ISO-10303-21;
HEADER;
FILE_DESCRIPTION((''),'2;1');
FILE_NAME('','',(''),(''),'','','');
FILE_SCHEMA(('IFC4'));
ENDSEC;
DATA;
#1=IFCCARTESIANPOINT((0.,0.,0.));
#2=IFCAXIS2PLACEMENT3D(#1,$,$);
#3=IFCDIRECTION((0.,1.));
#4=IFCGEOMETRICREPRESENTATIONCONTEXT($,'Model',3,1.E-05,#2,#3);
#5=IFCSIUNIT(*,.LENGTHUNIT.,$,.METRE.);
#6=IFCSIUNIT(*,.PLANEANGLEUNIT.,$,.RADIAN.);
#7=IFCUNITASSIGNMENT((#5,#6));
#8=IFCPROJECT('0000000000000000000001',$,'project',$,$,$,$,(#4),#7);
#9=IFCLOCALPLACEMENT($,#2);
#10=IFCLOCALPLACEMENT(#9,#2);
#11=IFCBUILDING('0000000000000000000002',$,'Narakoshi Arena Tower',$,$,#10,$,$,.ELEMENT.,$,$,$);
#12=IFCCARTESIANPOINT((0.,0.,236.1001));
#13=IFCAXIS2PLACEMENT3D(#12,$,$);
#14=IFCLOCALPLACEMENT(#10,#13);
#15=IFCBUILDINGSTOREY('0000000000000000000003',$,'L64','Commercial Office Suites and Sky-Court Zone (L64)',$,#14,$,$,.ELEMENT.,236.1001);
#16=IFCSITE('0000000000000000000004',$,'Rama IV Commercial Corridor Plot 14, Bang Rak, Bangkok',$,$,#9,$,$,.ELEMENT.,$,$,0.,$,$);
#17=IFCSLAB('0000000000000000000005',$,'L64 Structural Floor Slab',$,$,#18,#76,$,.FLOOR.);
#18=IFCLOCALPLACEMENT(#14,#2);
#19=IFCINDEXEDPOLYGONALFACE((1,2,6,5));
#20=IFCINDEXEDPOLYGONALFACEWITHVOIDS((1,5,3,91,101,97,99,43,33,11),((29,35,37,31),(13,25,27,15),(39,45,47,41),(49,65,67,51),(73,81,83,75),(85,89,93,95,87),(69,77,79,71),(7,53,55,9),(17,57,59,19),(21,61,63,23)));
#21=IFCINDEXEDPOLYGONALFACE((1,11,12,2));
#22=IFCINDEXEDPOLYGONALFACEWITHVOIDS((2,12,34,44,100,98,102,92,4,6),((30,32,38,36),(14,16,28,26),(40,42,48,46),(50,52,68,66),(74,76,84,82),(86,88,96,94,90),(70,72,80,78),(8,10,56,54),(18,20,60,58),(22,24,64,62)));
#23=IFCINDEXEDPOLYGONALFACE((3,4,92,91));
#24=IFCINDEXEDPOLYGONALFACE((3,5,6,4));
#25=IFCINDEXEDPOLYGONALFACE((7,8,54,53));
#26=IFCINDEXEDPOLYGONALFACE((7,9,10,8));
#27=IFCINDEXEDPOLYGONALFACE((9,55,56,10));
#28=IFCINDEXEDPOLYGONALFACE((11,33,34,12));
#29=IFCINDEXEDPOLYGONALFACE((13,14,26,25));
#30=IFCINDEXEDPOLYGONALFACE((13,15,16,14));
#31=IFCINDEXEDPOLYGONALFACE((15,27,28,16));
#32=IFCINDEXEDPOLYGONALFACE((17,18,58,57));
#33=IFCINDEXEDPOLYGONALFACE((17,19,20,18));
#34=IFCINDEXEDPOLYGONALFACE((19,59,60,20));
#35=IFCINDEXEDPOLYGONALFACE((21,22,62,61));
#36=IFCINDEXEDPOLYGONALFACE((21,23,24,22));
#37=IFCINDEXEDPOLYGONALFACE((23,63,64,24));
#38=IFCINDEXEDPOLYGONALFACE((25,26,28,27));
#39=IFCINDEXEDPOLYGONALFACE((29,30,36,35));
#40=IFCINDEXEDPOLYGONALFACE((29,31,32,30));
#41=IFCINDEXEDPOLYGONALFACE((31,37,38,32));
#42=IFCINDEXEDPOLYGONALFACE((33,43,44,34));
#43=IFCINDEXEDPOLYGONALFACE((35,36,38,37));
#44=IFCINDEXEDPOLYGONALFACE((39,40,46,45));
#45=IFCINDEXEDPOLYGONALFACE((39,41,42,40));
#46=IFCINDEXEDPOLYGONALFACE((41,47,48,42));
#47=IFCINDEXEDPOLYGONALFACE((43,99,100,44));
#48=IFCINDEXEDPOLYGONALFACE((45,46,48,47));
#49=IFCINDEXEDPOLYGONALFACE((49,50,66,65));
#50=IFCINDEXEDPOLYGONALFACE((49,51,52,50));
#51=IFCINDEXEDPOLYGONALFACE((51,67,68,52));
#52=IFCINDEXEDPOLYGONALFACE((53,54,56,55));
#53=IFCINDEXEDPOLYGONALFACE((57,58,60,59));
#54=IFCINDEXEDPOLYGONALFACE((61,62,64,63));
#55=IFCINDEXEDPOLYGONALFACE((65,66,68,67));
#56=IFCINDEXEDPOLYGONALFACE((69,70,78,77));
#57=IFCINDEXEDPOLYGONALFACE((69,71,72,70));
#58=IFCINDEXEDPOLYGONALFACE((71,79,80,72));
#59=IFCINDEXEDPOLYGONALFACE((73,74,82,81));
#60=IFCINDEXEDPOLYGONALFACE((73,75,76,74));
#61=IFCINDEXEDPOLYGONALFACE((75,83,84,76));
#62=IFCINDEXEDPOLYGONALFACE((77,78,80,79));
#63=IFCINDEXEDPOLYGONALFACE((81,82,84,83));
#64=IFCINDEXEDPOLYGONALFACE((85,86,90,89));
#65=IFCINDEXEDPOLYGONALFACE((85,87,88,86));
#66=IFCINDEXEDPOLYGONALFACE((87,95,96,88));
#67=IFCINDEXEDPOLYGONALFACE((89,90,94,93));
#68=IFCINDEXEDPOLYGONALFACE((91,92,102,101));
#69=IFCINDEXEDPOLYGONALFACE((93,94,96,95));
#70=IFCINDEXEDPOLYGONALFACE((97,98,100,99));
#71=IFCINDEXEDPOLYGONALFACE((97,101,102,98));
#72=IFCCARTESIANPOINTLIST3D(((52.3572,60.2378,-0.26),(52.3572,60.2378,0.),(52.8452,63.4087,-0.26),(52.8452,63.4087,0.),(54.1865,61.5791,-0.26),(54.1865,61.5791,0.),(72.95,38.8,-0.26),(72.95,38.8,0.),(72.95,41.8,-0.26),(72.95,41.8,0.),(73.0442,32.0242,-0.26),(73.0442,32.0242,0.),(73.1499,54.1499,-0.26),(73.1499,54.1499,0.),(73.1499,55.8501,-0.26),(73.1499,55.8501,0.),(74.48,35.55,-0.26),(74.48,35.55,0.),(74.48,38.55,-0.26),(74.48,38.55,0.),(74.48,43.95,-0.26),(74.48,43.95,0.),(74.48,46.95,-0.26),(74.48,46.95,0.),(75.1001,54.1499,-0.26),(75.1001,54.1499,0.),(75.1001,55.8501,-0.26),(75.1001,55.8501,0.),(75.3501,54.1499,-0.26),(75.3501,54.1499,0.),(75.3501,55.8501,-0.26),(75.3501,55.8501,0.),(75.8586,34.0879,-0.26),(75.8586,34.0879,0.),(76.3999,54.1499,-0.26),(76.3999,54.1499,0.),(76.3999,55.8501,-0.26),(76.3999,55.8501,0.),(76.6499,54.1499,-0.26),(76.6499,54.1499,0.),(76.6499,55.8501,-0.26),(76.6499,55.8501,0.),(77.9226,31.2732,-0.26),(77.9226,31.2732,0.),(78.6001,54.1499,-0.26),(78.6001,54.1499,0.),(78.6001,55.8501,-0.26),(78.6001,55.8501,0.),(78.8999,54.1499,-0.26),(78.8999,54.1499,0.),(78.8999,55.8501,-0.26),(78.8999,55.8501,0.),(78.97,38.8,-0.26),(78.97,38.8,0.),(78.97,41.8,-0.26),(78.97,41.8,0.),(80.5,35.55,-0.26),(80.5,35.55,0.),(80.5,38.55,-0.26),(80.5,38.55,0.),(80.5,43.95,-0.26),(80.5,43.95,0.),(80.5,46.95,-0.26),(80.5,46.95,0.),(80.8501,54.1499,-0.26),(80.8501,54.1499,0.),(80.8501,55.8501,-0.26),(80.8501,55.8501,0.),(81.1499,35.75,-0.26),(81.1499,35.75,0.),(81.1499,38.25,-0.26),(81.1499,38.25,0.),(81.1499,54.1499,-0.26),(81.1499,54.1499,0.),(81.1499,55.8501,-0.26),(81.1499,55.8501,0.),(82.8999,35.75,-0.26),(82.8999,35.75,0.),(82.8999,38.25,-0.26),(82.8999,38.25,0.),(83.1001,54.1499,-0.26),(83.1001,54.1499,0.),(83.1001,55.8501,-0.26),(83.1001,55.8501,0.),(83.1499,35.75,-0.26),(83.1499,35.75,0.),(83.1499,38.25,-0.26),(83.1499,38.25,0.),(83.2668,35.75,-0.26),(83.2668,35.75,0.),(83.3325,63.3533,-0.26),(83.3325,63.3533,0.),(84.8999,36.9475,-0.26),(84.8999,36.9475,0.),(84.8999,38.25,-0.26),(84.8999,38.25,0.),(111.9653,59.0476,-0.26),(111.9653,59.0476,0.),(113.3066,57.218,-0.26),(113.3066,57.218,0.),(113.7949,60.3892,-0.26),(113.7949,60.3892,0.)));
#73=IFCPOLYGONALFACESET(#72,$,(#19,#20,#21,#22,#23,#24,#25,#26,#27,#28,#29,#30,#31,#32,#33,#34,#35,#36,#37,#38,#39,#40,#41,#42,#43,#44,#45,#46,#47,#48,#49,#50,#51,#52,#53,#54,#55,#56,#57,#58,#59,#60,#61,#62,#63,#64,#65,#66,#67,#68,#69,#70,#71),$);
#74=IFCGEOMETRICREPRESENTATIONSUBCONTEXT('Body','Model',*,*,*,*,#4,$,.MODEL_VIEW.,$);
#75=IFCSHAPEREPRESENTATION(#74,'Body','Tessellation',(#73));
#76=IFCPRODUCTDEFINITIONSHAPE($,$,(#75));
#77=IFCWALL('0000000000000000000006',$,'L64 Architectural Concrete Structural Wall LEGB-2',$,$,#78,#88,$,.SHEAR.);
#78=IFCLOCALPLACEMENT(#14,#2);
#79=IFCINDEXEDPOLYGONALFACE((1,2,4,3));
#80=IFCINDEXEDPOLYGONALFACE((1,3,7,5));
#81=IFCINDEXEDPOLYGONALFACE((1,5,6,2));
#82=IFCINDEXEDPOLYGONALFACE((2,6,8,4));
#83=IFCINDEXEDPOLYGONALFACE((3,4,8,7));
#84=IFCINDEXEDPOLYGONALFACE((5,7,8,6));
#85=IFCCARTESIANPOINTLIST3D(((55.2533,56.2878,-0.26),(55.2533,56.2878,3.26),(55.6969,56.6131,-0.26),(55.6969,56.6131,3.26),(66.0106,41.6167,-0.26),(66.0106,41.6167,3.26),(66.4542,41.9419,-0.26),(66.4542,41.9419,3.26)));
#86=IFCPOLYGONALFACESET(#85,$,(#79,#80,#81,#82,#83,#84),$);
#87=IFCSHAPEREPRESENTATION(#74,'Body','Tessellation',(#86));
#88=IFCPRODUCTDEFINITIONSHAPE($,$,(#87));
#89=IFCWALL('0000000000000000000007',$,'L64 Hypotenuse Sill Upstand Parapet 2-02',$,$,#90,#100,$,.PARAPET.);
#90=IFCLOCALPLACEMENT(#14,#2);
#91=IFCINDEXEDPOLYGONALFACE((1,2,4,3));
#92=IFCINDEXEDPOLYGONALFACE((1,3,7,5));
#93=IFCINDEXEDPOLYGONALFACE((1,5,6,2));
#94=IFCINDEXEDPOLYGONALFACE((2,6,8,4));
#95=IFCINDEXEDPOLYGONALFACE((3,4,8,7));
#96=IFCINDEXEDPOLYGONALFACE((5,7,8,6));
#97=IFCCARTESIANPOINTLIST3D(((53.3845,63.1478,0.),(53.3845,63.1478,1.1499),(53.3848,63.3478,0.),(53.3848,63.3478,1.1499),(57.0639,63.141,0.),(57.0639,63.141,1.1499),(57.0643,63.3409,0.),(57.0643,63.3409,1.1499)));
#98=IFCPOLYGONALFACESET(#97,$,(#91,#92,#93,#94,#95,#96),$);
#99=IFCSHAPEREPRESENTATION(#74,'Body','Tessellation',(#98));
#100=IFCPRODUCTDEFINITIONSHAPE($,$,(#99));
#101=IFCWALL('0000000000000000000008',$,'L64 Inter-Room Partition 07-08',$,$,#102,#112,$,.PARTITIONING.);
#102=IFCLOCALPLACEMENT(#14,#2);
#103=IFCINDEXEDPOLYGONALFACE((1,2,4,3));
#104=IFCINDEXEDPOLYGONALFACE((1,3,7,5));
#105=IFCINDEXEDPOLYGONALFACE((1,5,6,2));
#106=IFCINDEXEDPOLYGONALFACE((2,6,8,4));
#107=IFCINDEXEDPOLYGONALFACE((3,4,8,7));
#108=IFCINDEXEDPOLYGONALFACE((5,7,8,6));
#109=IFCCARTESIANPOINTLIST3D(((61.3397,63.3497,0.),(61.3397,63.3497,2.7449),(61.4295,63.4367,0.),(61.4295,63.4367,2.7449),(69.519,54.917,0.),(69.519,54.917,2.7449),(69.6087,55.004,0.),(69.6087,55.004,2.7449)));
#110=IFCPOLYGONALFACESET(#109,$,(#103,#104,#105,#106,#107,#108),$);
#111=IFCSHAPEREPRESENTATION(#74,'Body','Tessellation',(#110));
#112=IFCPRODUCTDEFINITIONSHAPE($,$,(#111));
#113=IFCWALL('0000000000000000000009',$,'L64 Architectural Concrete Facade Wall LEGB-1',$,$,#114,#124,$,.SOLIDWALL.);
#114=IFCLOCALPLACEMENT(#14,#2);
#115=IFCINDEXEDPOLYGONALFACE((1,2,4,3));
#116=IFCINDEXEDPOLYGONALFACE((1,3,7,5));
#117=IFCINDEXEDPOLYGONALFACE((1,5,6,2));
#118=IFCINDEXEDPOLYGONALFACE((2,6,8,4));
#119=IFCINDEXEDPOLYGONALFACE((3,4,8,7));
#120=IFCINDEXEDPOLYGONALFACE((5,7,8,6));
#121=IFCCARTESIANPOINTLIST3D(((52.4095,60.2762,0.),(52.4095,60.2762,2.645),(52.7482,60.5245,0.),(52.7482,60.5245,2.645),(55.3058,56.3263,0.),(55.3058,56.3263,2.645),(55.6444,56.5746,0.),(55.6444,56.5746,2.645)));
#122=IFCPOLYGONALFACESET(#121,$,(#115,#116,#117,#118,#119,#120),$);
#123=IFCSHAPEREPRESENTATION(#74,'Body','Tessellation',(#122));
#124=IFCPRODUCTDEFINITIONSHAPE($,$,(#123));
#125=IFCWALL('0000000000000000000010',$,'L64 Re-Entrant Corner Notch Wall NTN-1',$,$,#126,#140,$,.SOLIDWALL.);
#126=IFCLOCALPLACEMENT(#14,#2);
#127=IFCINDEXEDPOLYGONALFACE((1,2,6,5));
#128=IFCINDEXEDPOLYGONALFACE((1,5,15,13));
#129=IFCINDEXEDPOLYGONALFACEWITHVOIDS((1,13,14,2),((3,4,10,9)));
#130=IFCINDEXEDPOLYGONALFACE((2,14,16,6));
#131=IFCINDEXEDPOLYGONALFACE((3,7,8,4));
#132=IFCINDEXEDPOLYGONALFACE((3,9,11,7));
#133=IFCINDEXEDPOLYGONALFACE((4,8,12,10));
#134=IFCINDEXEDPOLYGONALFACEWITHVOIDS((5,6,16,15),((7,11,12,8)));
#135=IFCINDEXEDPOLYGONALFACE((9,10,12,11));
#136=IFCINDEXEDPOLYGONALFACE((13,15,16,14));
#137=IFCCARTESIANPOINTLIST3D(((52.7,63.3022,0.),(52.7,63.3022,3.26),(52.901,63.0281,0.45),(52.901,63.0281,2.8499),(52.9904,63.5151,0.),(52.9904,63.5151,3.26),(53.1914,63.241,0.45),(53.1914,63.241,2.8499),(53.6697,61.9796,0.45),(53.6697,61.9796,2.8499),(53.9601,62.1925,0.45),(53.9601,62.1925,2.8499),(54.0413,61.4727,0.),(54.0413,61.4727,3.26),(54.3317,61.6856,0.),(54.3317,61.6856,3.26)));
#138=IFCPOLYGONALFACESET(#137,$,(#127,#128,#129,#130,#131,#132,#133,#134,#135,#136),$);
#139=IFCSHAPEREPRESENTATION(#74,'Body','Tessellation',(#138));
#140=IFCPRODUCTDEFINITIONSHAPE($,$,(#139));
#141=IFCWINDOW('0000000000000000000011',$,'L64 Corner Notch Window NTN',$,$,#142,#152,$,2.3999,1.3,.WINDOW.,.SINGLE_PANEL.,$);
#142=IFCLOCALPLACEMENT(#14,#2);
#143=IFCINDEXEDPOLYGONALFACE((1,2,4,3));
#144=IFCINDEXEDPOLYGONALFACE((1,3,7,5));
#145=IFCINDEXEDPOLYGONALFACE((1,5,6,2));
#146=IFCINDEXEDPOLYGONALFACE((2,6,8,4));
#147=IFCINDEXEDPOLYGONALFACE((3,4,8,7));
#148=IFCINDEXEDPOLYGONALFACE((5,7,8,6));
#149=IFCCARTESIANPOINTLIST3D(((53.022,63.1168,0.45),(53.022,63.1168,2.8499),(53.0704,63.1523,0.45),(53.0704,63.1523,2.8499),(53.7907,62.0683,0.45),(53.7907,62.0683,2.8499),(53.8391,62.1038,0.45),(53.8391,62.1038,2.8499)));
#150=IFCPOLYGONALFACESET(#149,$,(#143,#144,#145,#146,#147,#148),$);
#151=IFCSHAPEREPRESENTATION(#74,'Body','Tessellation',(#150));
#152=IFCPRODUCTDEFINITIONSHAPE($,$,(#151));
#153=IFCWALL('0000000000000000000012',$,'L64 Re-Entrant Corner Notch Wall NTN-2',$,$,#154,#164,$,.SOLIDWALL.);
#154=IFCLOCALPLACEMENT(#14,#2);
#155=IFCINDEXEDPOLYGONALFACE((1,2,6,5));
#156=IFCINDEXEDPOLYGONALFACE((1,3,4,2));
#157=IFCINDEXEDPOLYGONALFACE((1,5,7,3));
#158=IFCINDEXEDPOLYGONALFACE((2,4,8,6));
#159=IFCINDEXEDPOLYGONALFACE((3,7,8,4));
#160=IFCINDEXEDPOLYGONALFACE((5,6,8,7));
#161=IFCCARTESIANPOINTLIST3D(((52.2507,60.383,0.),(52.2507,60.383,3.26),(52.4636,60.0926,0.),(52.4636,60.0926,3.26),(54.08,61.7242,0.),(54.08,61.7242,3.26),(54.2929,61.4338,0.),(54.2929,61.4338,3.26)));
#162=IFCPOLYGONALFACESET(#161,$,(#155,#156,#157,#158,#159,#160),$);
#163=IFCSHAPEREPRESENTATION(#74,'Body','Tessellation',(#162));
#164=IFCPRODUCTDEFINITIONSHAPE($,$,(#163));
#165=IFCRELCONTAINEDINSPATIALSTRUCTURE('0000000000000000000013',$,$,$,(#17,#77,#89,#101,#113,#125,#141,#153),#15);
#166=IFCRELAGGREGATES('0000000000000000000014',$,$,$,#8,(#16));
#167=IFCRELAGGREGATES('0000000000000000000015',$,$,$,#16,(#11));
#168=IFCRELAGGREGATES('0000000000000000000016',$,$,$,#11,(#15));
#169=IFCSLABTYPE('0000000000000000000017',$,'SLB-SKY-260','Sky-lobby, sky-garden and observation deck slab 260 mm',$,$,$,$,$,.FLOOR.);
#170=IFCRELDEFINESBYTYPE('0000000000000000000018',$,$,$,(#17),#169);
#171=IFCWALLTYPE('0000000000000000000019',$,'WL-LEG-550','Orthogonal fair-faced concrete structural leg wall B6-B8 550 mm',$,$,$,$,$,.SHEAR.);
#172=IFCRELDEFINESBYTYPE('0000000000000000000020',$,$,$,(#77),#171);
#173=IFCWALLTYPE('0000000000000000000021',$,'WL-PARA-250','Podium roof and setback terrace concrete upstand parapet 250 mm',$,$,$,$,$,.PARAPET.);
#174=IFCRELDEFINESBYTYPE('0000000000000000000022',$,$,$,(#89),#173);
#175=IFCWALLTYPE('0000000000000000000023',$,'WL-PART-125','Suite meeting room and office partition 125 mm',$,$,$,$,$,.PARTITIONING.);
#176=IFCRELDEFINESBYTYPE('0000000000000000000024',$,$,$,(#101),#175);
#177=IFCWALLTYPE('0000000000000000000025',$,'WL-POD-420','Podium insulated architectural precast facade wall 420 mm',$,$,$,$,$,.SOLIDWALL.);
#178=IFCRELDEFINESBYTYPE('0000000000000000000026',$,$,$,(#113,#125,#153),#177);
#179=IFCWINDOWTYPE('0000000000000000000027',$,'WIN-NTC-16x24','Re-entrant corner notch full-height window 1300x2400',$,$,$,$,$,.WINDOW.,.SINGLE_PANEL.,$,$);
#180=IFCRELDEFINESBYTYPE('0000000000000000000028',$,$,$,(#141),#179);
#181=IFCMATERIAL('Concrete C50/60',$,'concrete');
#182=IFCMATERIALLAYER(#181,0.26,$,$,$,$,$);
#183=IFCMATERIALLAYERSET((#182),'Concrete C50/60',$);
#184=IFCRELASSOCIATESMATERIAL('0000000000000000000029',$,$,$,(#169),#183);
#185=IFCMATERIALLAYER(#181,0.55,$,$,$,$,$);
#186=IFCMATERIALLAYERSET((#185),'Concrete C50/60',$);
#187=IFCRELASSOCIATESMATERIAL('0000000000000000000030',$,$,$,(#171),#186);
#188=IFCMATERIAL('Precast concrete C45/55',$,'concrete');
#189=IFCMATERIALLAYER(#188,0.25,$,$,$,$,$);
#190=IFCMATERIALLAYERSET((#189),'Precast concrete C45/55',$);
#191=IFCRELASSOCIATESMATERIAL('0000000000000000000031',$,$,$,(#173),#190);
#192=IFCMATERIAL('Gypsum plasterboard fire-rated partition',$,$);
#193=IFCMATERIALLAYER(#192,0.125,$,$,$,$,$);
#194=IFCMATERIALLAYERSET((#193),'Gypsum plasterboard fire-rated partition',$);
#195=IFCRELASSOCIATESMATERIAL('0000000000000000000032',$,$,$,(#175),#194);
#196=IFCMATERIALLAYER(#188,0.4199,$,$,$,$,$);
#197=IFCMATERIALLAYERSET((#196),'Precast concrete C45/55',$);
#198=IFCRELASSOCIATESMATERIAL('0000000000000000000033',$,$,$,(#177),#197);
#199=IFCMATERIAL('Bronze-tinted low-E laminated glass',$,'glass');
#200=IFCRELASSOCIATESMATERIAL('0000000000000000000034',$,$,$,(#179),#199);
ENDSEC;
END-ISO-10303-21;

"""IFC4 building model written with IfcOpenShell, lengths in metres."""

from ifc_helpers import new_model, si_unit, direction, frame, frame_2d, origin, place, context, subcontext, project, spatial, polyline, rectangle, outline, extrude, material, layer, layer_set, type_object, element, fill, save


model = new_model("IFC4")

# Units and contexts
model_context = context("Model", 3, precision=1e-05, world=origin(), true_north=direction((0.0, 1.0)))
body_context = subcontext(model_context, "Body", "Model", "MODEL_VIEW")
ifc_project = project(units=[si_unit("LENGTHUNIT", "METRE"), si_unit("PLANEANGLEUNIT", "RADIAN")], contexts=[model_context])

# Site, building, storey
site_placement = place(None, origin())
site = spatial("IfcSite", under=ifc_project, at=site_placement, Name="Rama IV Commercial Corridor Plot 14, Bang Rak, Bangkok", CompositionType="ELEMENT", RefElevation=0.0)
building_placement = place(site_placement, origin())
building = spatial("IfcBuilding", under=site, at=building_placement, Name="Narakoshi Arena Tower", CompositionType="ELEMENT")
storey_placement = place(building_placement, frame((0.0, 0.0, 236.1001)))
storey = spatial("IfcBuildingStorey", under=building, at=storey_placement, Name="L64", Description="Commercial Office Suites and Sky-Court Zone (L64)", CompositionType="ELEMENT", Elevation=236.1001)

# Shared definitions
ifc_material_1 = material(Name="Concrete C50/60", Category="concrete")

# Shared definitions
ifc_material_2 = material(Name="Bronze-tinted low-E laminated glass", Category="glass")

# Slab
ifc_layer_1 = layer(ifc_material_1, 0.26)
ifc_layer_set_1 = layer_set([ifc_layer_1], Name="Concrete C50/60")
slab_type_1 = type_object("IfcSlabType", Name="SLB-SKY-260", Description="Sky-lobby, sky-garden and observation deck slab 260 mm", PredefinedType="FLOOR", material=ifc_layer_set_1)
slab_1_placement = place(storey_placement, frame((0.0, 0.0, -0.26)))
element("IfcSlab", 1, at=slab_1_placement, inside=storey, type_object=slab_type_1, Name="L64 Structural Floor Slab", PredefinedType="FLOOR", context=body_context, shape_type="SweptSolid", body=[
    extrude(outline(polyline([(77.9226, 31.2732), (113.3066, 57.218), (111.9653, 59.0476), (113.7949, 60.3892), (83.3325, 63.3533), (52.8452, 63.4087), (54.1865, 61.5791), (52.3572, 60.2378), (73.0442, 32.0242), (75.8586, 34.0879), (77.9226, 31.2732)]), holes=[polyline([(80.5, 35.55), (74.48, 35.55), (74.48, 38.55), (80.5, 38.55), (80.5, 35.55)]), polyline([(82.8999, 35.75), (81.1499, 35.75), (81.1499, 38.25), (82.8999, 38.25), (82.8999, 35.75)]), polyline([(84.8999, 36.9475), (83.2668, 35.75), (83.1499, 35.75), (83.1499, 38.25), (84.8999, 38.25), (84.8999, 36.9475)]), polyline([(72.95, 38.8), (72.95, 41.8), (78.97, 41.8), (78.97, 38.8), (72.95, 38.8)]), polyline([(74.48, 43.95), (74.48, 46.95), (80.5, 46.95), (80.5, 43.95), (74.48, 43.95)]), polyline([(75.1001, 54.1499), (73.1499, 54.1499), (73.1499, 55.8501), (75.1001, 55.8501), (75.1001, 54.1499)]), polyline([(76.3999, 54.1499), (75.3501, 54.1499), (75.3501, 55.8501), (76.3999, 55.8501), (76.3999, 54.1499)]), polyline([(78.6001, 54.1499), (76.6499, 54.1499), (76.6499, 55.8501), (78.6001, 55.8501), (78.6001, 54.1499)]), polyline([(78.8999, 54.1499), (78.8999, 55.8501), (80.8501, 55.8501), (80.8501, 54.1499), (78.8999, 54.1499)]), polyline([(81.1499, 54.1499), (81.1499, 55.8501), (83.1001, 55.8501), (83.1001, 54.1499), (81.1499, 54.1499)])]), origin(), (0.0, 0.0, 1.0), 0.26),
])

# Walls
ifc_layer_2 = layer(ifc_material_1, 0.55)
ifc_layer_set_2 = layer_set([ifc_layer_2], Name="Concrete C50/60")
wall_type_1 = type_object("IfcWallType", Name="WL-LEG-550", Description="Orthogonal fair-faced concrete structural leg wall B6-B8 550 mm", PredefinedType="SHEAR", material=ifc_layer_set_2)
wall_1_placement = place(storey_placement, frame((55.4751, 56.4504, -0.26), z_axis=(0.0, 0.0, 1.0), x_axis=(0.59131, -0.806445, 0.0)))
element("IfcWall", 2, at=wall_1_placement, inside=storey, type_object=wall_type_1, Name="L64 Architectural Concrete Structural Wall LEGB-2", PredefinedType="SHEAR", context=body_context, shape_type="SweptSolid", body=[
    extrude(rectangle(XDim=18.1924, YDim=0.55, at=frame_2d((9.0962, 0.0))), origin(), (0.0, 0.0, 1.0), 3.52),
])
ifc_material_3 = material(Name="Precast concrete C45/55", Category="concrete")
ifc_layer_3 = layer(ifc_material_3, 0.25)
ifc_layer_set_3 = layer_set([ifc_layer_3], Name="Precast concrete C45/55")
wall_type_2 = type_object("IfcWallType", Name="WL-PARA-250", Description="Podium roof and setback terrace concrete upstand parapet 250 mm", PredefinedType="PARAPET", material=ifc_layer_set_3)
wall_2_placement = place(storey_placement, frame((57.0642, 63.241, 0.0), z_axis=(0.0, 0.0, 1.0), x_axis=(-0.999998, 0.001858, 0.0)))
element("IfcWall", 3, at=wall_2_placement, inside=storey, type_object=wall_type_2, Name="L64 Hypotenuse Sill Upstand Parapet 2-02", PredefinedType="PARAPET", context=body_context, shape_type="SweptSolid", body=[
    extrude(rectangle(XDim=3.6794, YDim=0.2, at=frame_2d((1.8398, 0.0))), origin(), (0.0, 0.0, 1.0), 1.1499),
])
ifc_material_4 = material(Name="Gypsum plasterboard fire-rated partition")
ifc_layer_4 = layer(ifc_material_4, 0.125)
ifc_layer_set_4 = layer_set([ifc_layer_4], Name="Gypsum plasterboard fire-rated partition")
wall_type_3 = type_object("IfcWallType", Name="WL-PART-125", Description="Suite meeting room and office partition 125 mm", PredefinedType="PARTITIONING", material=ifc_layer_set_4)
wall_3_placement = place(storey_placement, frame((61.3845, 63.3933, 0.0), z_axis=(0.0, 0.0, 1.0), x_axis=(0.696239, -0.71781, 0.0)))
element("IfcWall", 4, at=wall_3_placement, inside=storey, type_object=wall_type_3, Name="L64 Inter-Room Partition 07-08", PredefinedType="PARTITIONING", context=body_context, shape_type="SweptSolid", body=[
    extrude(rectangle(XDim=11.7478, YDim=0.125, at=frame_2d((5.874, 0.0))), origin(), (0.0, 0.0, 1.0), 2.7449),
])
ifc_layer_5 = layer(ifc_material_3, 0.4199)
ifc_layer_set_5 = layer_set([ifc_layer_5], Name="Precast concrete C45/55")
wall_type_4 = type_object("IfcWallType", Name="WL-POD-420", Description="Podium insulated architectural precast facade wall 420 mm", PredefinedType="SOLIDWALL", material=ifc_layer_set_5)
wall_4_placement = place(storey_placement, frame((52.5789, 60.4004, 0.0), z_axis=(0.0, 0.0, 1.0), x_axis=(0.591312, -0.806443, 0.0)))
element("IfcWall", 5, at=wall_4_placement, inside=storey, type_object=wall_type_4, Name="L64 Architectural Concrete Facade Wall LEGB-1", PredefinedType="SOLIDWALL", context=body_context, shape_type="SweptSolid", body=[
    extrude(rectangle(XDim=4.8979, YDim=0.4199, at=frame_2d((2.449, 0.0))), origin(), (0.0, 0.0, 1.0), 2.645),
])

# Wall, opening, window
wall_5_placement = place(storey_placement, frame((52.8452, 63.4087, 0.0), z_axis=(0.0, 0.0, 1.0), x_axis=(0.591252, -0.806487, 0.0)))
wall_5 = element("IfcWall", 6, at=wall_5_placement, inside=storey, type_object=wall_type_4, Name="L64 Re-Entrant Corner Notch Wall NTN-1", PredefinedType="SOLIDWALL", context=body_context, shape_type="SweptSolid", body=[
    extrude(rectangle(XDim=2.2686, YDim=0.3601, at=frame_2d((1.1343, 0.0))), origin(), (0.0, 0.0, 1.0), 3.26),
])
opening_placement = place(wall_5_placement, frame((0.3401, 0.0, 0.45)))
opening = element("IfcOpeningElement", 7, at=opening_placement, cuts=wall_5, PredefinedType="OPENING", context=body_context, shape_type="SweptSolid", body=[
    extrude(rectangle(XDim=1.3, YDim=2.3999, at=frame_2d((0.6499, 1.2))), frame((0.0, 0.1899, 0.0), z_axis=(0.0, -1.0, 0.0), x_axis=(1.0, 0.0, 0.0)), (0.0, 0.0, 1.0), 0.3801),
])
window_type = type_object("IfcWindowType", Name="WIN-NTC-16x24", Description="Re-entrant corner notch full-height window 1300x2400", PartitioningType="SINGLE_PANEL", PredefinedType="WINDOW", material=ifc_material_2)
window_placement = place(opening_placement, origin())
window = element("IfcWindow", 8, at=window_placement, inside=storey, type_object=window_type, Name="L64 Corner Notch Window NTN", OverallHeight=2.3999, OverallWidth=1.3, PartitioningType="SINGLE_PANEL", PredefinedType="WINDOW", context=body_context, shape_type="SweptSolid", body=[
    extrude(rectangle(XDim=1.3, YDim=2.3999, at=frame_2d((0.6499, 1.2))), frame((0.0, 0.03, 0.0), z_axis=(0.0, -1.0, 0.0), x_axis=(1.0, 0.0, 0.0)), (0.0, 0.0, 1.0), 0.0601),
])
fill(opening, window)

# Wall
wall_6_placement = place(storey_placement, frame((54.1865, 61.5791, 0.0), z_axis=(0.0, 0.0, 1.0), x_axis=(-0.806449, -0.591303, 0.0)))
element("IfcWall", 9, at=wall_6_placement, inside=storey, type_object=wall_type_4, Name="L64 Re-Entrant Corner Notch Wall NTN-2", PredefinedType="SOLIDWALL", context=body_context, shape_type="SweptSolid", body=[
    extrude(rectangle(XDim=2.2683, YDim=0.3601, at=frame_2d((1.1343, 0.0))), origin(), (0.0, 0.0, 1.0), 3.26),
])

save(model, "model.ifc")
